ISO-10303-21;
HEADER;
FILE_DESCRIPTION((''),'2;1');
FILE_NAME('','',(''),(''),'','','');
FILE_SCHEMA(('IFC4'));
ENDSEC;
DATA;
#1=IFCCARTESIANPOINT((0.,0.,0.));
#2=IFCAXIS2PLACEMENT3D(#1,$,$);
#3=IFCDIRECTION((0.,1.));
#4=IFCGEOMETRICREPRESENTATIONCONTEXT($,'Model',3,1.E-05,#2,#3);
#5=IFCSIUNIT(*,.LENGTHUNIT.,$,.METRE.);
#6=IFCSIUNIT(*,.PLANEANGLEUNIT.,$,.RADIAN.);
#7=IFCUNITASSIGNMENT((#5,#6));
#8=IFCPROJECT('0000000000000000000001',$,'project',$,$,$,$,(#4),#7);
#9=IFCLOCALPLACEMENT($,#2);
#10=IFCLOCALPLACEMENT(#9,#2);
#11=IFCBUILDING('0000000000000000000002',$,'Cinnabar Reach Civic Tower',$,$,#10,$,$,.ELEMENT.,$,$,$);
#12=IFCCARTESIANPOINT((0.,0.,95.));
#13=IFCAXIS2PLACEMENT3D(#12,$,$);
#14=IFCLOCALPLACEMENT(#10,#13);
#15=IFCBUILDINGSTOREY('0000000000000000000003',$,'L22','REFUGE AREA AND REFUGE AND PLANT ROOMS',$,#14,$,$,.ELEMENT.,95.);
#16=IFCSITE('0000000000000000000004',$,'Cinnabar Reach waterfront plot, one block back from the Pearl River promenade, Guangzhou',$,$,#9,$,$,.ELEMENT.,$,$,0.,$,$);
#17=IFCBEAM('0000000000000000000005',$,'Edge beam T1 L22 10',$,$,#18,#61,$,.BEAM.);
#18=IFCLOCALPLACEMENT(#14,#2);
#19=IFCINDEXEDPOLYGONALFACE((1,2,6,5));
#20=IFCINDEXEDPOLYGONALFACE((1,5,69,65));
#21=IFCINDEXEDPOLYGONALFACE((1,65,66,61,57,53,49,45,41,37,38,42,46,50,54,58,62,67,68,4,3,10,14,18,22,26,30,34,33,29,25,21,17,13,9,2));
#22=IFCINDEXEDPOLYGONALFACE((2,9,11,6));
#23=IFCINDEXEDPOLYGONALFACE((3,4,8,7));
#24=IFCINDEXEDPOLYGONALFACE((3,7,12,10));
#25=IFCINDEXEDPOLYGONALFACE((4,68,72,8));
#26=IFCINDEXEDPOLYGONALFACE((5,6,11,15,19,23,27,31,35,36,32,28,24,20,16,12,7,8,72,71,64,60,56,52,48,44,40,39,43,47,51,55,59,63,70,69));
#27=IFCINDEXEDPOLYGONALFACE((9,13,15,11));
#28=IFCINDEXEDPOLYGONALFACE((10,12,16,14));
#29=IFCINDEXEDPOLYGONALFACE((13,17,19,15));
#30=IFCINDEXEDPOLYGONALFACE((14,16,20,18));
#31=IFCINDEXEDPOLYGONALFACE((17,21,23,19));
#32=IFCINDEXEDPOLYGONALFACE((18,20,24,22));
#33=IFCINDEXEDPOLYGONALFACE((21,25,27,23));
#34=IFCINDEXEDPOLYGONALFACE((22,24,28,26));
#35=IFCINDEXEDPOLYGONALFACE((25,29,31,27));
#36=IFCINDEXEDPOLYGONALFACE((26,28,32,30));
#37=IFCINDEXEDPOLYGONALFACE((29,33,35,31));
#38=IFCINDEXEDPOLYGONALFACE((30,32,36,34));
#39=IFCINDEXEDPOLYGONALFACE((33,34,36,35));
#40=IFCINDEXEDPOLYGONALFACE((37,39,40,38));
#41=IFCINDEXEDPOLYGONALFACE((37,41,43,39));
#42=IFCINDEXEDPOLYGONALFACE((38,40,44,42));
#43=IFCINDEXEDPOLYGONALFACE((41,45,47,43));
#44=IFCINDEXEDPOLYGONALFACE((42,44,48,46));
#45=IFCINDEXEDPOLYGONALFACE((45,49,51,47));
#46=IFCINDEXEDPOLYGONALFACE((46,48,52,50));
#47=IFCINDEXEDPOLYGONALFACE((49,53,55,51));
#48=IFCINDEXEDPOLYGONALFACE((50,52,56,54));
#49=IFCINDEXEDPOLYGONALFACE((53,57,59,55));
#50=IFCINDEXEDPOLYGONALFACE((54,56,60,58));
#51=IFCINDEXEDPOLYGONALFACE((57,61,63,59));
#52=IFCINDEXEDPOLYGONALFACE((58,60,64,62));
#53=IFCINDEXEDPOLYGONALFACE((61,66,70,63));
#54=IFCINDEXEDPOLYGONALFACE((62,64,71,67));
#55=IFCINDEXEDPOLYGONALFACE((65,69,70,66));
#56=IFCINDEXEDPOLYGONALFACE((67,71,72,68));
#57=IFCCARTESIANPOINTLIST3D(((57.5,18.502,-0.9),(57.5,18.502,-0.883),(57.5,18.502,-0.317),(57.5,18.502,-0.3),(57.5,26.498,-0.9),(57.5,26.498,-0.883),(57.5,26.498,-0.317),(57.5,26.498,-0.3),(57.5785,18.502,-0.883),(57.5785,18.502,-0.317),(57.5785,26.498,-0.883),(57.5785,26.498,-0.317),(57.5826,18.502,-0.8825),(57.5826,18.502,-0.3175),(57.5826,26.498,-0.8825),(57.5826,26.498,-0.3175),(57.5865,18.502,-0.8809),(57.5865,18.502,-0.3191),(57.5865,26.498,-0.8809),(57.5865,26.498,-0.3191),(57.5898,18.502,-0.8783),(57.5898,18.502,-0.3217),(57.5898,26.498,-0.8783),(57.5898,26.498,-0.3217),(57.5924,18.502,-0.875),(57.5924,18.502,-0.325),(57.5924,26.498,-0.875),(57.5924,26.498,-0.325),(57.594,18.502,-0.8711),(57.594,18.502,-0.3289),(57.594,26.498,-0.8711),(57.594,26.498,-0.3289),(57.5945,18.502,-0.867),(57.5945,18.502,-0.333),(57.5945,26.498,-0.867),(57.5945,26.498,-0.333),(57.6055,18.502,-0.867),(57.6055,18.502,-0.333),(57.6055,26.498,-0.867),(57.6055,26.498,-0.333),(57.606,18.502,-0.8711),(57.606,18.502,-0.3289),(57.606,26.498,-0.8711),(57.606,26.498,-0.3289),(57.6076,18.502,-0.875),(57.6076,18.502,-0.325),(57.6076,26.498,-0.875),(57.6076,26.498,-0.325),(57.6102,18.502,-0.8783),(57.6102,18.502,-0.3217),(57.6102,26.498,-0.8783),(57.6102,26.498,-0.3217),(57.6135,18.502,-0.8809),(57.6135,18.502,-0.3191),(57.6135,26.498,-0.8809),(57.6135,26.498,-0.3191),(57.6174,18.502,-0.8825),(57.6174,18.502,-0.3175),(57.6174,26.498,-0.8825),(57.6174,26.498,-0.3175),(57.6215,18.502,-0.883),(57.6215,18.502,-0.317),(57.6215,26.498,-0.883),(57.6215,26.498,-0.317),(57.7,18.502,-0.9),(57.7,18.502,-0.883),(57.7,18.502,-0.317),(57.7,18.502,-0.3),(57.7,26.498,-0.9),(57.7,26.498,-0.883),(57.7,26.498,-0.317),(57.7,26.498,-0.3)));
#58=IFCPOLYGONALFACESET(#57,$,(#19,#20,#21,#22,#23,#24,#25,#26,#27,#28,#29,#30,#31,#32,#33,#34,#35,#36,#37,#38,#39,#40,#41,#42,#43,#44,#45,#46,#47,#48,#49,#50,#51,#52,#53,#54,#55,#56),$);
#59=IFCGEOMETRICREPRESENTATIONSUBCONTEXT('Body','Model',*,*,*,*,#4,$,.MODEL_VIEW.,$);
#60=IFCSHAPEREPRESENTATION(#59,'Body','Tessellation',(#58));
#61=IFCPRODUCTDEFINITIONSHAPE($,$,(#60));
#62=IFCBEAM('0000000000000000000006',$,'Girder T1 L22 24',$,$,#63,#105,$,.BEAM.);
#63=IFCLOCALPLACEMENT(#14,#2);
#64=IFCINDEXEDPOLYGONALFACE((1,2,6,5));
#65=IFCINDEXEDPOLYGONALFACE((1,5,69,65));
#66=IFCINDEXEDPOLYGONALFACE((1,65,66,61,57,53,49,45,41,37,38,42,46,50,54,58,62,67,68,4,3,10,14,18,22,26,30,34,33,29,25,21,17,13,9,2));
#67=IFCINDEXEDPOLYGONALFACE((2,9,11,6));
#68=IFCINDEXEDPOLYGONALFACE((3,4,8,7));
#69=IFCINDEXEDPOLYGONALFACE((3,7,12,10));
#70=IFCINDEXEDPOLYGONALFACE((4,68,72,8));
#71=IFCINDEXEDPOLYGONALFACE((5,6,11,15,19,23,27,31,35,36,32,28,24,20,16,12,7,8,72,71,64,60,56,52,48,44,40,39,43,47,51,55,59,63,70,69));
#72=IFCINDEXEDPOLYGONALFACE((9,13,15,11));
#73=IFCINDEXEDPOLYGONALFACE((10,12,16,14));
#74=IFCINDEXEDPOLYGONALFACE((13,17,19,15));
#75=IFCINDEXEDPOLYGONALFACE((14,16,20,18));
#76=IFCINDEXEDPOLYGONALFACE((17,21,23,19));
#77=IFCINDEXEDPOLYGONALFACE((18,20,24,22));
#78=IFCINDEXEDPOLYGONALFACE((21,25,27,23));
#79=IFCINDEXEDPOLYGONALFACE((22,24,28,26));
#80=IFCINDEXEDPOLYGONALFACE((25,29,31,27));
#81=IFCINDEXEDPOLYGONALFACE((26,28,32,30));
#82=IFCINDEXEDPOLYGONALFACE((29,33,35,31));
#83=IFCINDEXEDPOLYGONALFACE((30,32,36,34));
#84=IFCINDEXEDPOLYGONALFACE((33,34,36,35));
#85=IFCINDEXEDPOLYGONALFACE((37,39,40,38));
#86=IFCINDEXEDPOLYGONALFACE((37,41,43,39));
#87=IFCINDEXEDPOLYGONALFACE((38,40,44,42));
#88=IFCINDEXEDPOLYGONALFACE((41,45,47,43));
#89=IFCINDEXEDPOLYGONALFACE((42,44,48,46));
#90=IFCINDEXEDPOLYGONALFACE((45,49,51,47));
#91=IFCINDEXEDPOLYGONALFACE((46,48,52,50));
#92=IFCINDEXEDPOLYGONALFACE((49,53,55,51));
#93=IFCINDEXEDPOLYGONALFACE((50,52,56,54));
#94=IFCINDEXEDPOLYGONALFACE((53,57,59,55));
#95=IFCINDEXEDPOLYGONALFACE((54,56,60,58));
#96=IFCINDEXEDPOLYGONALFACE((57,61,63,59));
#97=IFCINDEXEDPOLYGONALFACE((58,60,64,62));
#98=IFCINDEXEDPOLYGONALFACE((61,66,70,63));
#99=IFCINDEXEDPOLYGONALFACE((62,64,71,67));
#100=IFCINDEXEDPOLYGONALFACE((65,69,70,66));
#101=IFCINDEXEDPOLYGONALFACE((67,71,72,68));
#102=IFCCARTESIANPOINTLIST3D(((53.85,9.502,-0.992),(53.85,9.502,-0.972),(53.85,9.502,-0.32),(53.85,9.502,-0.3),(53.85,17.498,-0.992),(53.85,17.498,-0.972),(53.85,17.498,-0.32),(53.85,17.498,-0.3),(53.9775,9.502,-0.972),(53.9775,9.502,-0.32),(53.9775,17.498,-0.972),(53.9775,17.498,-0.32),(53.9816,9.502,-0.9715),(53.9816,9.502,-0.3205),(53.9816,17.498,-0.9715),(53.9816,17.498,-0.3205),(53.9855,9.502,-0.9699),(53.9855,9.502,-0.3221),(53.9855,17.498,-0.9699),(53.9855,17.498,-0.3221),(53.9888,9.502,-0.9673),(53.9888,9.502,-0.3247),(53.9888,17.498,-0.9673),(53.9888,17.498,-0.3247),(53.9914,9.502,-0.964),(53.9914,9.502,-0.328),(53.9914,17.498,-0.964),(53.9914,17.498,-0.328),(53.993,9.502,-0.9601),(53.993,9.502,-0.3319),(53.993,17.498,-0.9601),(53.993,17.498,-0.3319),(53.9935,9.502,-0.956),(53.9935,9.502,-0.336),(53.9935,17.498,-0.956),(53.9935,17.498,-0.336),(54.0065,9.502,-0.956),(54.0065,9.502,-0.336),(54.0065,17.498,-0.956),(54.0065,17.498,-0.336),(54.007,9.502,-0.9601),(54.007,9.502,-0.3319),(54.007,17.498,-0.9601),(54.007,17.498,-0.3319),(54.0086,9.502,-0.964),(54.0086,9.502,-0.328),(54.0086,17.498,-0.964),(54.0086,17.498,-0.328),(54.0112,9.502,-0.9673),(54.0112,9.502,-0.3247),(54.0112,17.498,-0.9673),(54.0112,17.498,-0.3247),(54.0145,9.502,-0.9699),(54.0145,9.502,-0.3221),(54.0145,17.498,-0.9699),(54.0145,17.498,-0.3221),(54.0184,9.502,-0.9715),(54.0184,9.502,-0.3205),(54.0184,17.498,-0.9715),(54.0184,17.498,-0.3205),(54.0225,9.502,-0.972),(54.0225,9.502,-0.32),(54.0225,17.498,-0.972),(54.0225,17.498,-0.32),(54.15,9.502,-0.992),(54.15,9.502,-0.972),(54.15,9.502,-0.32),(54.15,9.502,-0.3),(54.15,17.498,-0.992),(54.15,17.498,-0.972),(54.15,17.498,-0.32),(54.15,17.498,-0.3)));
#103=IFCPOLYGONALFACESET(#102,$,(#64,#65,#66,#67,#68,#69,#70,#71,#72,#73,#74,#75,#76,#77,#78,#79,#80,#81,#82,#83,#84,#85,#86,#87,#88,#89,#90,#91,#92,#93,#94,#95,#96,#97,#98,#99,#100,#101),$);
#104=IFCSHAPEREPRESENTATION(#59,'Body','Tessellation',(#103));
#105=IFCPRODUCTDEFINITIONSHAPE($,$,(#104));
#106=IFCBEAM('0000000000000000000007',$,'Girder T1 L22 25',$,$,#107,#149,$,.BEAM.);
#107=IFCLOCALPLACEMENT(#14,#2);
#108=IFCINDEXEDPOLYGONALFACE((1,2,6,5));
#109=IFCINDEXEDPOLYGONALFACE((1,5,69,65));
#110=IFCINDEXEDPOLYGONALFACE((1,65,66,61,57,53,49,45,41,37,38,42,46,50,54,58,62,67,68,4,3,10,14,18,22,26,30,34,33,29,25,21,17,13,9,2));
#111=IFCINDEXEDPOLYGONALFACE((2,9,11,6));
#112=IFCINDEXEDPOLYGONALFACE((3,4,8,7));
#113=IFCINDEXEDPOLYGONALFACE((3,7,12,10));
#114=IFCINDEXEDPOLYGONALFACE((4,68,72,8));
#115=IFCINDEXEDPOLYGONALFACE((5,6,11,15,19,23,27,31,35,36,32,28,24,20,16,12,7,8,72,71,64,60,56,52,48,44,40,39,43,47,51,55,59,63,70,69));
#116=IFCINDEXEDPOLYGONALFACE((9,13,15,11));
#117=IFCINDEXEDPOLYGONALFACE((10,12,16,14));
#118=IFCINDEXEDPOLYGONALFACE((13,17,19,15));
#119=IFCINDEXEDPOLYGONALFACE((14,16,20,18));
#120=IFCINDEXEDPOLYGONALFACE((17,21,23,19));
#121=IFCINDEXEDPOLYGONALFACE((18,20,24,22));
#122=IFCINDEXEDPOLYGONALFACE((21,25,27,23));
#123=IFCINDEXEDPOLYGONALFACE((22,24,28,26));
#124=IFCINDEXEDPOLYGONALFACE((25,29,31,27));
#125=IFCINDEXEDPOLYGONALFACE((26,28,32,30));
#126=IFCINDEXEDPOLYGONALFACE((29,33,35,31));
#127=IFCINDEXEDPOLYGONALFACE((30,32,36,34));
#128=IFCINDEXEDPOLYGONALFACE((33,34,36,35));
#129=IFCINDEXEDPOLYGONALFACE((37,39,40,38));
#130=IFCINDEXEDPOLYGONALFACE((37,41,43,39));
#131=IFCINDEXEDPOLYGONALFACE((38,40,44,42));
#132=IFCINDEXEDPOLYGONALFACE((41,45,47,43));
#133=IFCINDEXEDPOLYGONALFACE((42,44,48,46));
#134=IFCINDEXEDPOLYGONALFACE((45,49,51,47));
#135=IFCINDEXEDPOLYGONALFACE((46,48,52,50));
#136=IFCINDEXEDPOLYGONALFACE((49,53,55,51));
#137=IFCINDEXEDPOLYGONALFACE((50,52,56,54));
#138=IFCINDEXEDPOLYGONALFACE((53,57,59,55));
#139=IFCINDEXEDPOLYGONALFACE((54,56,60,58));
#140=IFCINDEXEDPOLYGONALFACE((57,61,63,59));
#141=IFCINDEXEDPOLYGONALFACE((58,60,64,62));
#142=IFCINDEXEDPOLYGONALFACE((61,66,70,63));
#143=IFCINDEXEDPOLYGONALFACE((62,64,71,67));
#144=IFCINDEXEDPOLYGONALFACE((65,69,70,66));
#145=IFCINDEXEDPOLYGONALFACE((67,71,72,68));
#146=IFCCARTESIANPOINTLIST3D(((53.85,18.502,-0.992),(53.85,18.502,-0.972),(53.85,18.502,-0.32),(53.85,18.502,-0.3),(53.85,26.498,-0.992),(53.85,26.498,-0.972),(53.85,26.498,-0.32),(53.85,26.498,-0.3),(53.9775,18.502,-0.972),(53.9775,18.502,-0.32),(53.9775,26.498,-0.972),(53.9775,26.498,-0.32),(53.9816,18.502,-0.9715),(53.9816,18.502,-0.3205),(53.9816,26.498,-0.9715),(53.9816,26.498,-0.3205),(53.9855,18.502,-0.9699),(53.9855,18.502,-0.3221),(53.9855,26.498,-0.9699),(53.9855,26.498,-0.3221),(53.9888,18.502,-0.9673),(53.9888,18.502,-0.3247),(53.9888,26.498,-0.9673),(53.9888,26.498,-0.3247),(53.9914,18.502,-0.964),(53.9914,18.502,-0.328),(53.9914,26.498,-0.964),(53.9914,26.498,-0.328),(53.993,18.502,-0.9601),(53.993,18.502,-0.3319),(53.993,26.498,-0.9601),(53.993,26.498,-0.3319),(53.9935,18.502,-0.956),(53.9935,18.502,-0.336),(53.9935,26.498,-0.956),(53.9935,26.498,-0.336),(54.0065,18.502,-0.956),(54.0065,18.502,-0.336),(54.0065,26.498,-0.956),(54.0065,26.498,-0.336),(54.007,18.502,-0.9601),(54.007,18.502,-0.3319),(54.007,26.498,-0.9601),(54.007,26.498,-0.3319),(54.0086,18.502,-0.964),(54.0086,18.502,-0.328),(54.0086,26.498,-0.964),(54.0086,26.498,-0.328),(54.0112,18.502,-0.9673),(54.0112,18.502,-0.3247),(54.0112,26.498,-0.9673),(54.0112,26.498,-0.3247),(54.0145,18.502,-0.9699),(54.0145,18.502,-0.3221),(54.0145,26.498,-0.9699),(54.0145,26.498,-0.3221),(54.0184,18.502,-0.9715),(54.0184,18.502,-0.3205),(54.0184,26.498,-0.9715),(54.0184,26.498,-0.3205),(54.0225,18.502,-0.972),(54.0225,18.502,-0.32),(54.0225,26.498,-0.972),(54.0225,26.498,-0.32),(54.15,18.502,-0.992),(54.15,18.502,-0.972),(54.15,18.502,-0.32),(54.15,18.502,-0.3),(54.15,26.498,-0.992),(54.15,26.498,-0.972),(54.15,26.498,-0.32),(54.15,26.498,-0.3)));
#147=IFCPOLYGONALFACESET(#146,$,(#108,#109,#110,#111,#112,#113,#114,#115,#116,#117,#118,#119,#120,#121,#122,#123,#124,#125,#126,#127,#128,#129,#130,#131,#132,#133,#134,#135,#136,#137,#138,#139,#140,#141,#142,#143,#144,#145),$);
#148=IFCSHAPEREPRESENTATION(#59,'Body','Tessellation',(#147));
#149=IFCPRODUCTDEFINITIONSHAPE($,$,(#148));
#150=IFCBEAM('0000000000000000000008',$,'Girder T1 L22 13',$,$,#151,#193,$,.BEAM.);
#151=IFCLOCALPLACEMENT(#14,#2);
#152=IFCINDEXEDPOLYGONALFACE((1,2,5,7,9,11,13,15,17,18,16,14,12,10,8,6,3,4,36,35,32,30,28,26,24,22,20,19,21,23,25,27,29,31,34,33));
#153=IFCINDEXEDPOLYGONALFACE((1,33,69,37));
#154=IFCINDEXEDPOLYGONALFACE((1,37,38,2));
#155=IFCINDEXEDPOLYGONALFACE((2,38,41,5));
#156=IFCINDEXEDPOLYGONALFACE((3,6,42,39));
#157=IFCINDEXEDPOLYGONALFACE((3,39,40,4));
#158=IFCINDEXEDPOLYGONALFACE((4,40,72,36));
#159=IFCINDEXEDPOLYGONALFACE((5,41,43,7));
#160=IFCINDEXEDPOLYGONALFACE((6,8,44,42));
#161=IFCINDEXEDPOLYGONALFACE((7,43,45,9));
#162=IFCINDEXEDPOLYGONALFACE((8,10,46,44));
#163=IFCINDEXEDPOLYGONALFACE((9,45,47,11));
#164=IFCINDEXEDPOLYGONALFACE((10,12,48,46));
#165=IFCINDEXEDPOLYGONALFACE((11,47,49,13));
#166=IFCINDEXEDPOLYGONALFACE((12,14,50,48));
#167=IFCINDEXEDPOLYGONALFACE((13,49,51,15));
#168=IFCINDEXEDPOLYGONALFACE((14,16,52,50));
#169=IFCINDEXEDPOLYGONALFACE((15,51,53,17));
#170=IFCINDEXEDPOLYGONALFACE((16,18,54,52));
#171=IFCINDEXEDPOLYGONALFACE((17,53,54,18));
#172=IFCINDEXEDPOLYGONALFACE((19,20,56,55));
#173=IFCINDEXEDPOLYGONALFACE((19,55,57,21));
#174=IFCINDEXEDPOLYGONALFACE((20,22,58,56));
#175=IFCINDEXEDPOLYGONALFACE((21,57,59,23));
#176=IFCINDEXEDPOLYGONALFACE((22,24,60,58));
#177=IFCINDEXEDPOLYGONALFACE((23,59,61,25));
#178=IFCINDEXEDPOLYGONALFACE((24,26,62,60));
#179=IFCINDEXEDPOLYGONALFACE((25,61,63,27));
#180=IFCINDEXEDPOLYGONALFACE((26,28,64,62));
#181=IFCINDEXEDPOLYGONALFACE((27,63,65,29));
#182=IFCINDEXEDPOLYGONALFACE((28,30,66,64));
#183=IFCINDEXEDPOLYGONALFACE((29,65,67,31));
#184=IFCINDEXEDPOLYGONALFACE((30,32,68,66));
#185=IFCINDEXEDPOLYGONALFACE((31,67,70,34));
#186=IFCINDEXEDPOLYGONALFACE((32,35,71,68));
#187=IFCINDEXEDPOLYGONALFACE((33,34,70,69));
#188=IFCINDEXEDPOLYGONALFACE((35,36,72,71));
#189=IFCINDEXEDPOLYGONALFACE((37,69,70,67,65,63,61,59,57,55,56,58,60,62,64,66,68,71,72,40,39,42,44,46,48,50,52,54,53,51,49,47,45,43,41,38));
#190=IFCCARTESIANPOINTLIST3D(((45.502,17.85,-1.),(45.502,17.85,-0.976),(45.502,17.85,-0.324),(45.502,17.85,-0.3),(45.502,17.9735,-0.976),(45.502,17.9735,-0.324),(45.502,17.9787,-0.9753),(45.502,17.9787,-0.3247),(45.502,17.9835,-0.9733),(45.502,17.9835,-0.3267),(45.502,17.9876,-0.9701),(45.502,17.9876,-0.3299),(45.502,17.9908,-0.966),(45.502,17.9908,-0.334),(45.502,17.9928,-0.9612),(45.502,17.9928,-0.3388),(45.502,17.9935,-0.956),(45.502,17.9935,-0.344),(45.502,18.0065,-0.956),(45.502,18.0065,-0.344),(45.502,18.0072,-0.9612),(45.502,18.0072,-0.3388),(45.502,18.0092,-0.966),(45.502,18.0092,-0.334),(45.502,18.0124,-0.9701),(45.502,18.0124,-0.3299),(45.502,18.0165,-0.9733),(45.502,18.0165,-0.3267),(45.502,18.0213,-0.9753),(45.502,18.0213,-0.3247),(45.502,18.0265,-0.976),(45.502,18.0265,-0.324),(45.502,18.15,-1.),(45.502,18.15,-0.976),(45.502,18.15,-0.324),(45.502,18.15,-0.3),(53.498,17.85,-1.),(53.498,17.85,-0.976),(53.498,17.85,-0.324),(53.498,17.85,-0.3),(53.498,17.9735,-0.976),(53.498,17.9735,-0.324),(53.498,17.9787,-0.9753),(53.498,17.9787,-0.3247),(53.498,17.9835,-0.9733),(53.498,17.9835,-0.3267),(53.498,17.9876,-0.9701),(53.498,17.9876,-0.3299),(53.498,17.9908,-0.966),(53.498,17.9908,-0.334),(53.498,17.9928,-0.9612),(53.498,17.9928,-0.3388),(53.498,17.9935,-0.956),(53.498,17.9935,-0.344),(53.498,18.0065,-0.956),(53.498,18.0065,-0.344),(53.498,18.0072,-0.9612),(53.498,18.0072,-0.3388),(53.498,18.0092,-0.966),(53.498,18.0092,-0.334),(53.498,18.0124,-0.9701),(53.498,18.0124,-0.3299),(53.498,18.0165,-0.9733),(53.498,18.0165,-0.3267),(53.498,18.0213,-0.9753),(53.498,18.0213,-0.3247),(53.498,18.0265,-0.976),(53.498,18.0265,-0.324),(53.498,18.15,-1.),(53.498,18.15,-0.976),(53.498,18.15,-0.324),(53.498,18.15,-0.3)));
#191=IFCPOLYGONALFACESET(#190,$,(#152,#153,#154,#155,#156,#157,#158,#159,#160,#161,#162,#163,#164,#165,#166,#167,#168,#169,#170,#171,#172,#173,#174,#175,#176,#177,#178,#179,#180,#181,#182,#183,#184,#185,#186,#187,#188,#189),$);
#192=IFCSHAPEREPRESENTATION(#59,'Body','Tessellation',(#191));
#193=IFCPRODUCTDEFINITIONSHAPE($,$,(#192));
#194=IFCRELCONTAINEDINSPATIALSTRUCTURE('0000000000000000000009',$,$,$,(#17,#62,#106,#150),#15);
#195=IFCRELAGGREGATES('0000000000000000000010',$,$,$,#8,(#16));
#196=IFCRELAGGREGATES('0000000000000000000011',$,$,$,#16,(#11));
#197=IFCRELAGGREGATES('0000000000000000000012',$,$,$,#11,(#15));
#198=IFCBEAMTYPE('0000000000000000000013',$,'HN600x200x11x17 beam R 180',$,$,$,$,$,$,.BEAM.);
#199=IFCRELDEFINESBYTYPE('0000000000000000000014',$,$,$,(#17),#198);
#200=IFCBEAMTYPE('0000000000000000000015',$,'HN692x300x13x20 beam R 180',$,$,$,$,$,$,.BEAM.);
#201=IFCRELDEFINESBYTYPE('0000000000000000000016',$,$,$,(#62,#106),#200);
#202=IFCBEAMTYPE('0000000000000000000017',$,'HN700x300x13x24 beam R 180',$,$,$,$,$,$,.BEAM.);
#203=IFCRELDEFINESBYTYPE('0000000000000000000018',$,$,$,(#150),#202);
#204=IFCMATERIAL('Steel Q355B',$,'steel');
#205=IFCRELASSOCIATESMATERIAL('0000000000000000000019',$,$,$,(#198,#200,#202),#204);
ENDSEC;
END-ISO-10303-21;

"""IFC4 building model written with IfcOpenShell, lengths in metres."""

from ifc_helpers import new_model, si_unit, direction, frame, origin, origin_2d, place, context, subcontext, project, spatial, i_section, extrude, material, material_profile, profile_set, type_object, element, save


model = new_model("IFC4")

# Units and contexts
model_context = context("Model", 3, precision=1e-05, world=origin(), true_north=direction((0.0, 1.0)))
body_context = subcontext(model_context, "Body", "Model", "MODEL_VIEW")
ifc_project = project(units=[si_unit("LENGTHUNIT", "METRE"), si_unit("PLANEANGLEUNIT", "RADIAN")], contexts=[model_context])

# Site, building, storey
site_placement = place(None, origin())
site = spatial("IfcSite", under=ifc_project, at=site_placement, Name="Cinnabar Reach waterfront plot, one block back from the Pearl River promenade, Guangzhou", CompositionType="ELEMENT", RefElevation=0.0)
building_placement = place(site_placement, origin())
building = spatial("IfcBuilding", under=site, at=building_placement, Name="Cinnabar Reach Civic Tower", CompositionType="ELEMENT")
storey_placement = place(building_placement, frame((0.0, 0.0, 95.0)))
storey = spatial("IfcBuildingStorey", under=building, at=storey_placement, Name="L22", Description="REFUGE AREA AND REFUGE AND PLANT ROOMS", CompositionType="ELEMENT", Elevation=95.0)

# Beams
ifc_material_1 = material(Name="Steel Q355B", Category="steel")
ifc_material_profile_1 = material_profile(ifc_material_1, i_section(OverallWidth=0.2, OverallDepth=0.6, WebThickness=0.011, FlangeThickness=0.017, FilletRadius=0.016, at=origin_2d()), Name="HN600x200x11x17")
ifc_profile_set_1 = profile_set([ifc_material_profile_1], Name="Steel Q355B")
beam_type_1 = type_object("IfcBeamType", Name="HN600x200x11x17 beam R 180", PredefinedType="BEAM", material=ifc_profile_set_1)
beam_1_placement = place(storey_placement, frame((57.6, 18.502, -0.6), z_axis=(0.0, 1.0, 0.0), x_axis=(-1.0, 0.0, 0.0)))
element("IfcBeam", 1, at=beam_1_placement, inside=storey, type_object=beam_type_1, Name="Edge beam T1 L22 10", PredefinedType="BEAM", context=body_context, shape_type="SweptSolid", body=[
    extrude(i_section(OverallWidth=0.2, OverallDepth=0.6, WebThickness=0.011, FlangeThickness=0.017, FilletRadius=0.016, at=origin_2d()), origin(), (0.0, 0.0, 1.0), 7.996),
])
ifc_material_profile_2 = material_profile(ifc_material_1, i_section(OverallWidth=0.3, OverallDepth=0.692, WebThickness=0.013, FlangeThickness=0.02, FilletRadius=0.016, at=origin_2d()), Name="HN692x300x13x20")
ifc_profile_set_2 = profile_set([ifc_material_profile_2], Name="Steel Q355B")
beam_type_2 = type_object("IfcBeamType", Name="HN692x300x13x20 beam R 180", PredefinedType="BEAM", material=ifc_profile_set_2)
for number, where, z_axis, x_axis, name in (
    (2, (54.0, 9.502, -0.646), (0.0, 1.0, 0.0), (-1.0, 0.0, 0.0), "Girder T1 L22 24"),
    (3, (54.0, 18.502, -0.646), (0.0, 1.0, 0.0), (-1.0, 0.0, 0.0), "Girder T1 L22 25"),
):
    element("IfcBeam", number, at=place(storey_placement, frame(where, z_axis=z_axis, x_axis=x_axis)), inside=storey, type_object=beam_type_2, Name=name, PredefinedType="BEAM", context=body_context, shape_type="SweptSolid", body=[
        extrude(i_section(OverallWidth=0.3, OverallDepth=0.692, WebThickness=0.013, FlangeThickness=0.02, FilletRadius=0.016, at=origin_2d()), origin(), (0.0, 0.0, 1.0), 7.996),
    ])
ifc_material_profile_3 = material_profile(ifc_material_1, i_section(OverallWidth=0.3, OverallDepth=0.7, WebThickness=0.013, FlangeThickness=0.024, FilletRadius=0.02, at=origin_2d()), Name="HN700x300x13x24")
ifc_profile_set_3 = profile_set([ifc_material_profile_3], Name="Steel Q355B")
beam_type_3 = type_object("IfcBeamType", Name="HN700x300x13x24 beam R 180", PredefinedType="BEAM", material=ifc_profile_set_3)
beam_2_placement = place(storey_placement, frame((45.502, 18.0, -0.65), z_axis=(1.0, 0.0, 0.0), x_axis=(0.0, 1.0, 0.0)))
element("IfcBeam", 4, at=beam_2_placement, inside=storey, type_object=beam_type_3, Name="Girder T1 L22 13", PredefinedType="BEAM", context=body_context, shape_type="SweptSolid", body=[
    extrude(i_section(OverallWidth=0.3, OverallDepth=0.7, WebThickness=0.013, FlangeThickness=0.024, FilletRadius=0.02, at=origin_2d()), origin(), (0.0, 0.0, 1.0), 7.996),
])

save(model, "model.ifc")
